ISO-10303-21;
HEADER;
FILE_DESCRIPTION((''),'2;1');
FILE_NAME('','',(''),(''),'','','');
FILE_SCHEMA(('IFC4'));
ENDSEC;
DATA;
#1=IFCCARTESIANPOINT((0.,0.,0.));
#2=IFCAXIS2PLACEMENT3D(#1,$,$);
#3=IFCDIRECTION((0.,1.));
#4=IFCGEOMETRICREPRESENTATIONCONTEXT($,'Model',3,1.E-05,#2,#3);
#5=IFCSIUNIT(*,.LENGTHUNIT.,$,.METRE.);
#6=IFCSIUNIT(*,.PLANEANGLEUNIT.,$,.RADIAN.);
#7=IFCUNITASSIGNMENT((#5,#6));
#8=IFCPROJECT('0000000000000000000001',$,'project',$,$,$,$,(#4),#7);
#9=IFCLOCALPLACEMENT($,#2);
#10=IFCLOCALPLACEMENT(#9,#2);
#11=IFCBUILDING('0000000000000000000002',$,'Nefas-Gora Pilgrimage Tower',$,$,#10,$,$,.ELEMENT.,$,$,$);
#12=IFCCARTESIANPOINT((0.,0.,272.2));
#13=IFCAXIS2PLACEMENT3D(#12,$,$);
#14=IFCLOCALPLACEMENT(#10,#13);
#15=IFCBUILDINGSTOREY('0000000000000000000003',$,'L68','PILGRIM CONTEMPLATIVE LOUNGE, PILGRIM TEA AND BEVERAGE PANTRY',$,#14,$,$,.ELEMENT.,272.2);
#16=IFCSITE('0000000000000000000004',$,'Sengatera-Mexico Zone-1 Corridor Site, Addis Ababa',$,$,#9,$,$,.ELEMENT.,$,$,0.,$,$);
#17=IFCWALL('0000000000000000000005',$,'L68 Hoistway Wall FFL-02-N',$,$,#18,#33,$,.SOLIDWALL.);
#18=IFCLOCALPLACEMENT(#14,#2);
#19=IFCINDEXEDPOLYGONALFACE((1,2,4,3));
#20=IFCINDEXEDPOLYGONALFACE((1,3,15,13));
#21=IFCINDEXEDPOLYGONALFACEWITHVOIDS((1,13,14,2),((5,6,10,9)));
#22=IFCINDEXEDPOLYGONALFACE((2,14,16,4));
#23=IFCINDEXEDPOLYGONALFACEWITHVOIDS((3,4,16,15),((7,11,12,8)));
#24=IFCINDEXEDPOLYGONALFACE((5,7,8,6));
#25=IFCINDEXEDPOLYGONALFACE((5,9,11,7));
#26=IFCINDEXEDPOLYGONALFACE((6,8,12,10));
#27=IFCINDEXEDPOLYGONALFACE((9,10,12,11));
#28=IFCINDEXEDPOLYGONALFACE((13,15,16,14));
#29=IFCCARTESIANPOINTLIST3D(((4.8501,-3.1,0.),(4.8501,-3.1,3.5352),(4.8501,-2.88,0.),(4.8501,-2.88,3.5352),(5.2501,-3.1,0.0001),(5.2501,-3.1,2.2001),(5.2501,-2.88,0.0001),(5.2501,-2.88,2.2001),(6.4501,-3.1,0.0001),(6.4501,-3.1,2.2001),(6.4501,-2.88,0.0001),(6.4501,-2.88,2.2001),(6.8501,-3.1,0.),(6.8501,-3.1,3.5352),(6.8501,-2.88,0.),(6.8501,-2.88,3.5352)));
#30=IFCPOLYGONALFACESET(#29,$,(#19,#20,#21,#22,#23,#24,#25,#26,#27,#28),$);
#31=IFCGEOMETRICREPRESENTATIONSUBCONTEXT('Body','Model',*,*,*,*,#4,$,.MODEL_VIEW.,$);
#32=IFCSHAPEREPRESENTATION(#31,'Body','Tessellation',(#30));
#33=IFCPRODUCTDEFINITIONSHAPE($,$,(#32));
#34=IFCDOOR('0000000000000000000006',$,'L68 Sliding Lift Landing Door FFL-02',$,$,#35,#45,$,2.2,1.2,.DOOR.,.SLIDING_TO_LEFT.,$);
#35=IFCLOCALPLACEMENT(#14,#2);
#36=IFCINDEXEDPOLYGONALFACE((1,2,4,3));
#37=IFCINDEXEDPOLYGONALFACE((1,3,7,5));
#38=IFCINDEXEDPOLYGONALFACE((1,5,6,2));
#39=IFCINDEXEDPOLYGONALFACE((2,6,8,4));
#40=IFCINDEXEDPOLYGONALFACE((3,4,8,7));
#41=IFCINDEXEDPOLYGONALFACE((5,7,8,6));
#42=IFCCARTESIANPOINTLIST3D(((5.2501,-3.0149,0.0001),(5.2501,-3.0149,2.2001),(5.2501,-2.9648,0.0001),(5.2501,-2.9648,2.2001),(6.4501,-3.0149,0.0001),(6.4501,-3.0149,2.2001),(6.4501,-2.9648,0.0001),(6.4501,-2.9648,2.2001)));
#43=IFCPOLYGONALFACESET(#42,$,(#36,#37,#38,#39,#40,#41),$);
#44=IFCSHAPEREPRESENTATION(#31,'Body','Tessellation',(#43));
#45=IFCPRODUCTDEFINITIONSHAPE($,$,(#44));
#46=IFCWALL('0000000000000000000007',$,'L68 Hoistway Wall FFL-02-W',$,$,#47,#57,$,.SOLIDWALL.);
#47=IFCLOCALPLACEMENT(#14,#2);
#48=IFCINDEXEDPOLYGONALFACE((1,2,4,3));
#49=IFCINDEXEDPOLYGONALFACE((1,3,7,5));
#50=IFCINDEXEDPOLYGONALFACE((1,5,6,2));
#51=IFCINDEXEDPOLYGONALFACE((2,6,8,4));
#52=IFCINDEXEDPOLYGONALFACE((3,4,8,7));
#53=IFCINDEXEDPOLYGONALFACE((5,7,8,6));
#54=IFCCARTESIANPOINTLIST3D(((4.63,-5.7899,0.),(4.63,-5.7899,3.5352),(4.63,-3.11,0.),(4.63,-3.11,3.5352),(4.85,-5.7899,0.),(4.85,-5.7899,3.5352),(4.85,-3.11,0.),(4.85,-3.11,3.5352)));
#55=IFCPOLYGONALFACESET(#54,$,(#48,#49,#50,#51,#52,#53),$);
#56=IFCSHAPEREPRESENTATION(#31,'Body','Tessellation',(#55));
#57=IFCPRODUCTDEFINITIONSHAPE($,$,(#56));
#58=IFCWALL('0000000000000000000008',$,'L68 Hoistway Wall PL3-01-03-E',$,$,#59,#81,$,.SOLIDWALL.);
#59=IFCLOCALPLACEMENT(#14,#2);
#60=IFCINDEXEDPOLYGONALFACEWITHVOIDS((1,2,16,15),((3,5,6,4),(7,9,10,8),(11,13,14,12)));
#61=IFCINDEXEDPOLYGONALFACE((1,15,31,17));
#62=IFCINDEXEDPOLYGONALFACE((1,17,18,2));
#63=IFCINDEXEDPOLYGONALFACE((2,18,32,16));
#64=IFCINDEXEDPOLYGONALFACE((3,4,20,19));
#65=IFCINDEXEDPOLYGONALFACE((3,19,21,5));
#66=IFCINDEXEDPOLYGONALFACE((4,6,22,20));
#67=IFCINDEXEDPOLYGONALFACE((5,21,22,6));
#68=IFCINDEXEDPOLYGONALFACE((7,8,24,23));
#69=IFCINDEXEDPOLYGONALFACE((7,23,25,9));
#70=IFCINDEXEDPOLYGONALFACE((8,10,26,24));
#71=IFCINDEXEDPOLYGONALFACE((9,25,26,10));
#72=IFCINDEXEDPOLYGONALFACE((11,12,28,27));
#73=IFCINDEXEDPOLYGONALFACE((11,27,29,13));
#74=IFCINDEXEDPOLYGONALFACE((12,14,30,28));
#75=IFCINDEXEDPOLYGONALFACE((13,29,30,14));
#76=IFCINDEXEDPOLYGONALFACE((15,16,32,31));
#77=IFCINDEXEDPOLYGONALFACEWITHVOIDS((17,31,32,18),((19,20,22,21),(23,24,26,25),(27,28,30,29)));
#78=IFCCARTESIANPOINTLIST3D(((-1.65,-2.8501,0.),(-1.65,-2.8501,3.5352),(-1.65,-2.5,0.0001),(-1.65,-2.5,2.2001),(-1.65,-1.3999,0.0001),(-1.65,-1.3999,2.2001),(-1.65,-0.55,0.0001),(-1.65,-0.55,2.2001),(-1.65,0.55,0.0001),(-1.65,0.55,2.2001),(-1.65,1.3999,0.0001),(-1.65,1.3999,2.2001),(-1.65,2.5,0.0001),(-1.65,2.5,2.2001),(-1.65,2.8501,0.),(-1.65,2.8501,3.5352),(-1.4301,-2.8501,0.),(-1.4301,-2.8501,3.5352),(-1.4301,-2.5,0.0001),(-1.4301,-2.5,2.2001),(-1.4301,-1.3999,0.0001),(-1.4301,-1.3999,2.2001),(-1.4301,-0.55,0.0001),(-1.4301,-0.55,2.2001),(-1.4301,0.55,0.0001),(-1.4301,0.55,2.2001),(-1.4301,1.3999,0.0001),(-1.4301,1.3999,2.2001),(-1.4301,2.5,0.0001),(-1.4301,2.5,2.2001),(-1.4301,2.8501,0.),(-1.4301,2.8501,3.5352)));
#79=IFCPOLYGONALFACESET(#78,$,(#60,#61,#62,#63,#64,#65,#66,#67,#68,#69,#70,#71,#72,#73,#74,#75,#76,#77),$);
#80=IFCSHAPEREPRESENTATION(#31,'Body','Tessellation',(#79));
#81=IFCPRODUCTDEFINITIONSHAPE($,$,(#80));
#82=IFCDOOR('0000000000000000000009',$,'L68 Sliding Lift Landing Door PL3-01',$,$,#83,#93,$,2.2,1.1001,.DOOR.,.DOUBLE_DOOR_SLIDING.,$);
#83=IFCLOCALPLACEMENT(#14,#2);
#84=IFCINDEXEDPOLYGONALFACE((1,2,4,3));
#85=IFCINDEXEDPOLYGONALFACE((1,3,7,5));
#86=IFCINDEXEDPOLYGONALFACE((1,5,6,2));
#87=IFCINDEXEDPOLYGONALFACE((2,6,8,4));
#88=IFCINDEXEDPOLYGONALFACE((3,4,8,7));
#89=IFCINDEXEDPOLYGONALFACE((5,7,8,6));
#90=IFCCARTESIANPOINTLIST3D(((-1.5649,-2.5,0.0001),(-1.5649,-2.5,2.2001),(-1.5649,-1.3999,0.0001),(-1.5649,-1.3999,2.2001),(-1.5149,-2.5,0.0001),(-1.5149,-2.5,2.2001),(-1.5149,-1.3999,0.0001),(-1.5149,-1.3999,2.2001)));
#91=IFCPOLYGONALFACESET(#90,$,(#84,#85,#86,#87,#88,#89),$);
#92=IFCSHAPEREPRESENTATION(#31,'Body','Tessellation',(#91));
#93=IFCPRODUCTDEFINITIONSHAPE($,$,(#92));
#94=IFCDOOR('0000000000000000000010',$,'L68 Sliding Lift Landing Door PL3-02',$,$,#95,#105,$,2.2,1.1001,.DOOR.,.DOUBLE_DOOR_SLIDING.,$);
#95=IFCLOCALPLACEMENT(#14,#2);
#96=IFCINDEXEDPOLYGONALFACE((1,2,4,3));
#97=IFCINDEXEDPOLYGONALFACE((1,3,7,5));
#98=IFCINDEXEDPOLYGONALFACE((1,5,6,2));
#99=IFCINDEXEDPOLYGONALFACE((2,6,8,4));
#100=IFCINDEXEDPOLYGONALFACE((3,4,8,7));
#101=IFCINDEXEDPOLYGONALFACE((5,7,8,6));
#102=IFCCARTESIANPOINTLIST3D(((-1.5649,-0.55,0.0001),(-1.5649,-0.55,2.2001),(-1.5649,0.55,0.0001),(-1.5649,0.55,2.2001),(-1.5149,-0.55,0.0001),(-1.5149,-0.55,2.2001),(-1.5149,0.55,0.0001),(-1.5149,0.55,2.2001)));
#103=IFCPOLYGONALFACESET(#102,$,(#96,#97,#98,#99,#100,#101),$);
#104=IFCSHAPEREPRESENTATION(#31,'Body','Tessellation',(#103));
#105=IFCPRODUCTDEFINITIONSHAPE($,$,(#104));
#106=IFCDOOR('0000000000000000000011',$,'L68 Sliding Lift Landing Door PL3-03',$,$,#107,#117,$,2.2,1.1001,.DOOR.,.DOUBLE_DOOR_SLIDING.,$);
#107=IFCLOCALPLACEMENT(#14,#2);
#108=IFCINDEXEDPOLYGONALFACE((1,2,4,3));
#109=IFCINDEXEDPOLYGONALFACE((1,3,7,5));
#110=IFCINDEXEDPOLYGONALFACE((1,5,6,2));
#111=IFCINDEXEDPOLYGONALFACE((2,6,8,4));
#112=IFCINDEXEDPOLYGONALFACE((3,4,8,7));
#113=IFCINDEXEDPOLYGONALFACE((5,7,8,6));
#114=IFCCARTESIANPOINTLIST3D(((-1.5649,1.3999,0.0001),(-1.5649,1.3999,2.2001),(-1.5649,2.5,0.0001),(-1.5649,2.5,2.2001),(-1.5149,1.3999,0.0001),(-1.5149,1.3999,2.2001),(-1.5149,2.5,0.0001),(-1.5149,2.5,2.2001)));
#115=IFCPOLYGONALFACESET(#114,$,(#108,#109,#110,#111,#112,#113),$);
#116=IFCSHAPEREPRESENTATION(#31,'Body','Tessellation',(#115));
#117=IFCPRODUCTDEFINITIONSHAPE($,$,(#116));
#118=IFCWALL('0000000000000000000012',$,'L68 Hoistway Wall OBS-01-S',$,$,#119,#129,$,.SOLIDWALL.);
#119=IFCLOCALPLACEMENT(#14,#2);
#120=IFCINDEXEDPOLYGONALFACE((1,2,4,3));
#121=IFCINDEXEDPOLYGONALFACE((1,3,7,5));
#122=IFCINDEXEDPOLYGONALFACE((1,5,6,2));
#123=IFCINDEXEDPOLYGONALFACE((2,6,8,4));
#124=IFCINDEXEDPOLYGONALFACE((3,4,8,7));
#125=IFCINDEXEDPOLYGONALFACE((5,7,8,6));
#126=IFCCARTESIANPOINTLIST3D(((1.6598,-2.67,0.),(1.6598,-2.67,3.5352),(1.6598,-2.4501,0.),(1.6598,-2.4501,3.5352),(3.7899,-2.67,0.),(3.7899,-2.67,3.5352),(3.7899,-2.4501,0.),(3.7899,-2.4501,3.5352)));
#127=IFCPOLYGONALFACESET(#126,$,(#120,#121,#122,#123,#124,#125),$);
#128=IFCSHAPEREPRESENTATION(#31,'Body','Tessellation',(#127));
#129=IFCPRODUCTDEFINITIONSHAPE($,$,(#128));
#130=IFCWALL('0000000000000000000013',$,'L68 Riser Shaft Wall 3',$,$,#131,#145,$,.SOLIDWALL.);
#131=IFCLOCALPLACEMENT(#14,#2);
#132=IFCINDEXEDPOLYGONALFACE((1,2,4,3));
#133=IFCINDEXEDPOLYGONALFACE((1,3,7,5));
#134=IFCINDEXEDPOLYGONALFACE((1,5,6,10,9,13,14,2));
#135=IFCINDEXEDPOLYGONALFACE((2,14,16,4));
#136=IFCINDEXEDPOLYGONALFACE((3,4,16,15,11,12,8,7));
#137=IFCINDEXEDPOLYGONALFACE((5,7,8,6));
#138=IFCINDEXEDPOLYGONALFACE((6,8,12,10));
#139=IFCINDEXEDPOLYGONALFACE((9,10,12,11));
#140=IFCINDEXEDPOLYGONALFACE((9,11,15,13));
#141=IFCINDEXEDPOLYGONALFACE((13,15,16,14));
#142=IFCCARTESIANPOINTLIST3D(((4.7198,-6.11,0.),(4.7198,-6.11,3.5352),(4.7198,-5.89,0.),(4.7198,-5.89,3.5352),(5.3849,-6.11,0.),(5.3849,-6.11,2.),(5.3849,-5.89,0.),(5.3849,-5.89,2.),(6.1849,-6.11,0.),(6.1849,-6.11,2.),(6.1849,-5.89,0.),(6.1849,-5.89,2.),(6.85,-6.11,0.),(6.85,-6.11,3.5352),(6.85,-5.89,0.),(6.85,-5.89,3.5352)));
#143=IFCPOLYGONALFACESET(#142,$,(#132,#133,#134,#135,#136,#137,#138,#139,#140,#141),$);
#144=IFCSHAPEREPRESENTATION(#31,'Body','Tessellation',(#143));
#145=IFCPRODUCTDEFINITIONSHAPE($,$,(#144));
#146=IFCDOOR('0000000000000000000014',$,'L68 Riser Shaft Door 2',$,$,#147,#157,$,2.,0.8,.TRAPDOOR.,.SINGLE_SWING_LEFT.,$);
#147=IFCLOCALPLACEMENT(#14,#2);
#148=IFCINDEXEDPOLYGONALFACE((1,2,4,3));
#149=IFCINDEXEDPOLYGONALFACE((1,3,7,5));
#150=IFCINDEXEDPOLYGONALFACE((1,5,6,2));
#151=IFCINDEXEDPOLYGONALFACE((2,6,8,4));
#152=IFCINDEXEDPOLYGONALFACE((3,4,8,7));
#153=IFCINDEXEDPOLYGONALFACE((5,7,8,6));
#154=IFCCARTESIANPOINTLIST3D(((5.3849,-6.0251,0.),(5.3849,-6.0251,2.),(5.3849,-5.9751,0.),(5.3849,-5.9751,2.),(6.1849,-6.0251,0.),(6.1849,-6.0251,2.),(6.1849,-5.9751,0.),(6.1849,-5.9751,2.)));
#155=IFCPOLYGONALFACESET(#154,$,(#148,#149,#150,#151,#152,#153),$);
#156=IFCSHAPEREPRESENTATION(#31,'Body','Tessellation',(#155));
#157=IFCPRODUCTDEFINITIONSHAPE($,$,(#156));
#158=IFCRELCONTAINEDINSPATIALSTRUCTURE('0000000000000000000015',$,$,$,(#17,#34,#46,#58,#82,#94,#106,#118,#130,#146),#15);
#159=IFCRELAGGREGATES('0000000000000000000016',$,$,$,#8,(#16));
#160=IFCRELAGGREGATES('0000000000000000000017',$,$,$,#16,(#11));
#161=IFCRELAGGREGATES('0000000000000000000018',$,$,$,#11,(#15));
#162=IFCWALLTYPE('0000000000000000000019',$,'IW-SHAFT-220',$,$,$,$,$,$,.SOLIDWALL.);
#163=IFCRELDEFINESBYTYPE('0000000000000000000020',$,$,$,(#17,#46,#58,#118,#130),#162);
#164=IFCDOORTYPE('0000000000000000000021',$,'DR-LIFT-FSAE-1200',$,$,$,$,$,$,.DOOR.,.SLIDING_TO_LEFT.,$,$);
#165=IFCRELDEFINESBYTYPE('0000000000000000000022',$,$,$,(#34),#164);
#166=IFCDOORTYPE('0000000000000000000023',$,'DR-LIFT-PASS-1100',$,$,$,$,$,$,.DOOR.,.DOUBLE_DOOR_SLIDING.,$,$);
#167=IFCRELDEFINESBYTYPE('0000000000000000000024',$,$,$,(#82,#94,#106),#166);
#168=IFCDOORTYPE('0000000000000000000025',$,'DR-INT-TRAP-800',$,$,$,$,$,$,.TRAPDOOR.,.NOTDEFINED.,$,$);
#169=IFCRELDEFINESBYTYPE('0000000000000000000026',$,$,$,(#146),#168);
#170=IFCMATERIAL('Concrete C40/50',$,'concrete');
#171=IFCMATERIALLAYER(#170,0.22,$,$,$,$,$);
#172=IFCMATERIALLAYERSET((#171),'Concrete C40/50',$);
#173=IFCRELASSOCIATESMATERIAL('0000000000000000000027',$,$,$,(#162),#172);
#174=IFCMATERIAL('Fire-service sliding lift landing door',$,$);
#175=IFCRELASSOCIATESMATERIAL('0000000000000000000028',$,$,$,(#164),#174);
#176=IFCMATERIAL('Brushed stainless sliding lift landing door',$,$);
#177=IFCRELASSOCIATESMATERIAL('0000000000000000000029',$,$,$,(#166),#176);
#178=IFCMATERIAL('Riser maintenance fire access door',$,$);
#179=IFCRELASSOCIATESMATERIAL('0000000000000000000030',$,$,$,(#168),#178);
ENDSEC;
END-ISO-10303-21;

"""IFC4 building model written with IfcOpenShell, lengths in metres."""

from ifc_helpers import new_model, si_unit, direction, frame, frame_2d, origin, place, context, subcontext, project, spatial, rectangle, extrude, source, transform, mapped, material, layer, layer_set, type_object, element, fill, save


model = new_model("IFC4")

# Units and contexts
model_context = context("Model", 3, precision=1e-05, world=origin(), true_north=direction((0.0, 1.0)))
body_context = subcontext(model_context, "Body", "Model", "MODEL_VIEW")
ifc_project = project(units=[si_unit("LENGTHUNIT", "METRE"), si_unit("PLANEANGLEUNIT", "RADIAN")], contexts=[model_context])

# Site, building, storey
site_placement = place(None, origin())
site = spatial("IfcSite", under=ifc_project, at=site_placement, Name="Sengatera-Mexico Zone-1 Corridor Site, Addis Ababa", CompositionType="ELEMENT", RefElevation=0.0)
building_placement = place(site_placement, origin())
building = spatial("IfcBuilding", under=site, at=building_placement, Name="Nefas-Gora Pilgrimage Tower", CompositionType="ELEMENT")
storey_placement = place(building_placement, frame((0.0, 0.0, 272.2)))
storey = spatial("IfcBuildingStorey", under=building, at=storey_placement, Name="L68", Description="PILGRIM CONTEMPLATIVE LOUNGE, PILGRIM TEA AND BEVERAGE PANTRY", CompositionType="ELEMENT", Elevation=272.2)

# Shared definitions
ifc_material_1 = material(Name="Concrete C40/50", Category="concrete")

# Wall, opening, door
ifc_layer_1 = layer(ifc_material_1, 0.22)
ifc_layer_set_1 = layer_set([ifc_layer_1], Name="Concrete C40/50")
wall_type_1 = type_object("IfcWallType", Name="IW-SHAFT-220", PredefinedType="SOLIDWALL", material=ifc_layer_set_1)
shared_shape_1 = source(origin(), body_context, "Body", "SweptSolid", [
    extrude(rectangle(XDim=2.0, YDim=0.22, at=frame_2d((1.0, 0.0))), origin(), (0.0, 0.0, 1.0), 3.5352),
])
wall_1_placement = place(storey_placement, frame((6.8501, -2.99, 0.0), z_axis=(0.0, 0.0, 1.0), x_axis=(-1.0, 0.0, 0.0)))
wall_1 = element("IfcWall", 1, at=wall_1_placement, inside=storey, type_object=wall_type_1, Name="L68 Hoistway Wall FFL-02-N", PredefinedType="SOLIDWALL", context=body_context, shape_type="MappedRepresentation", body=[
    mapped(shared_shape_1, transform((0.0, 0.0, 0.0), x_axis=(1.0, 0.0, 0.0), y_axis=(0.0, 1.0, 0.0), z_axis=(0.0, 0.0, 1.0), scale=1.0)),
])
opening_1_placement = place(wall_1_placement, frame((0.3999, 0.0, 0.0)))
opening_1 = element("IfcOpeningElement", 2, at=opening_1_placement, cuts=wall_1, PredefinedType="OPENING", context=body_context, shape_type="SweptSolid", body=[
    extrude(rectangle(XDim=1.2, YDim=2.2, at=frame_2d((0.6001, 1.1001))), frame((0.0, 0.1199, 0.0), z_axis=(0.0, -1.0, 0.0), x_axis=(1.0, 0.0, 0.0)), (0.0, 0.0, 1.0), 0.24),
])
ifc_material_2 = material(Name="Fire-service sliding lift landing door")
door_type_1 = type_object("IfcDoorType", Name="DR-LIFT-FSAE-1200", OperationType="SLIDING_TO_LEFT", PredefinedType="DOOR", material=ifc_material_2)
shared_shape_2 = source(origin(), body_context, "Body", "SweptSolid", [
    extrude(rectangle(XDim=1.2, YDim=2.2, at=frame_2d((0.6001, 1.1001))), frame((0.0, 0.0249, 0.0), z_axis=(0.0, -1.0, 0.0), x_axis=(1.0, 0.0, 0.0)), (0.0, 0.0, 1.0), 0.05),
])
door_1_placement = place(opening_1_placement, origin())
door_1 = element("IfcDoor", 3, at=door_1_placement, inside=storey, type_object=door_type_1, Name="L68 Sliding Lift Landing Door FFL-02", OperationType="SLIDING_TO_LEFT", OverallHeight=2.2, OverallWidth=1.2, PredefinedType="DOOR", context=body_context, shape_type="MappedRepresentation", body=[
    mapped(shared_shape_2, transform((0.0, 0.0, 0.0), x_axis=(1.0, 0.0, 0.0), y_axis=(0.0, 1.0, 0.0), z_axis=(0.0, 0.0, 1.0), scale=1.0)),
])
fill(opening_1, door_1)

# Wall
shared_shape_3 = source(origin(), body_context, "Body", "SweptSolid", [
    extrude(rectangle(XDim=2.6799, YDim=0.22, at=frame_2d((1.3398, 0.0))), origin(), (0.0, 0.0, 1.0), 3.5352),
])
wall_2_placement = place(storey_placement, frame((4.74, -3.1101, 0.0), z_axis=(0.0, 0.0, 1.0), x_axis=(0.0, -1.0, 0.0)))
element("IfcWall", 4, at=wall_2_placement, inside=storey, type_object=wall_type_1, Name="L68 Hoistway Wall FFL-02-W", PredefinedType="SOLIDWALL", context=body_context, shape_type="MappedRepresentation", body=[
    mapped(shared_shape_3, transform((0.0, 0.0, 0.0), x_axis=(1.0, 0.0, 0.0), y_axis=(0.0, 1.0, 0.0), z_axis=(0.0, 0.0, 1.0), scale=1.0)),
])

# Wall, openings, doors
shared_shape_4 = source(origin(), body_context, "Body", "SweptSolid", [
    extrude(rectangle(XDim=5.7002, YDim=0.22, at=frame_2d((2.8501, 0.0))), origin(), (0.0, 0.0, 1.0), 3.5352),
])
wall_3_placement = place(storey_placement, frame((-1.54, -2.8501, 0.0), z_axis=(0.0, 0.0, 1.0), x_axis=(0.0, 1.0, 0.0)))
wall_3 = element("IfcWall", 5, at=wall_3_placement, inside=storey, type_object=wall_type_1, Name="L68 Hoistway Wall PL3-01-03-E", PredefinedType="SOLIDWALL", context=body_context, shape_type="MappedRepresentation", body=[
    mapped(shared_shape_4, transform((0.0, 0.0, 0.0), x_axis=(1.0, 0.0, 0.0), y_axis=(0.0, 1.0, 0.0), z_axis=(0.0, 0.0, 1.0), scale=1.0)),
])
opening_2_placement = place(wall_3_placement, frame((0.3501, 0.0, 0.0)))
opening_2 = element("IfcOpeningElement", 6, at=opening_2_placement, cuts=wall_3, PredefinedType="OPENING", context=body_context, shape_type="SweptSolid", body=[
    extrude(rectangle(XDim=1.1001, YDim=2.2, at=frame_2d((0.55, 1.1001))), frame((0.0, 0.1199, 0.0), z_axis=(0.0, -1.0, 0.0), x_axis=(1.0, 0.0, 0.0)), (0.0, 0.0, 1.0), 0.24),
])
opening_3_placement = place(wall_3_placement, frame((2.3, 0.0, 0.0)))
opening_3 = element("IfcOpeningElement", 7, at=opening_3_placement, cuts=wall_3, PredefinedType="OPENING", context=body_context, shape_type="SweptSolid", body=[
    extrude(rectangle(XDim=1.1001, YDim=2.2, at=frame_2d((0.55, 1.1001))), frame((0.0, 0.1199, 0.0), z_axis=(0.0, -1.0, 0.0), x_axis=(1.0, 0.0, 0.0)), (0.0, 0.0, 1.0), 0.24),
])
opening_4_placement = place(wall_3_placement, frame((4.25, 0.0, 0.0)))
opening_4 = element("IfcOpeningElement", 8, at=opening_4_placement, cuts=wall_3, PredefinedType="OPENING", context=body_context, shape_type="SweptSolid", body=[
    extrude(rectangle(XDim=1.1001, YDim=2.2, at=frame_2d((0.55, 1.1001))), frame((0.0, 0.1199, 0.0), z_axis=(0.0, -1.0, 0.0), x_axis=(1.0, 0.0, 0.0)), (0.0, 0.0, 1.0), 0.24),
])
ifc_material_3 = material(Name="Brushed stainless sliding lift landing door")
door_type_2 = type_object("IfcDoorType", Name="DR-LIFT-PASS-1100", OperationType="DOUBLE_DOOR_SLIDING", PredefinedType="DOOR", material=ifc_material_3)
shared_shape_5 = source(origin(), body_context, "Body", "SweptSolid", [
    extrude(rectangle(XDim=1.1001, YDim=2.2, at=frame_2d((0.55, 1.1001))), frame((0.0, 0.0249, 0.0), z_axis=(0.0, -1.0, 0.0), x_axis=(1.0, 0.0, 0.0)), (0.0, 0.0, 1.0), 0.05),
])
door_2_placement = place(opening_2_placement, origin())
door_2 = element("IfcDoor", 9, at=door_2_placement, inside=storey, type_object=door_type_2, Name="L68 Sliding Lift Landing Door PL3-01", OperationType="DOUBLE_DOOR_SLIDING", OverallHeight=2.2, OverallWidth=1.1001, PredefinedType="DOOR", context=body_context, shape_type="MappedRepresentation", body=[
    mapped(shared_shape_5, transform((0.0, 0.0, 0.0), x_axis=(1.0, 0.0, 0.0), y_axis=(0.0, 1.0, 0.0), z_axis=(0.0, 0.0, 1.0), scale=1.0)),
])
fill(opening_2, door_2)
door_3_placement = place(opening_3_placement, origin())
door_3 = element("IfcDoor", 10, at=door_3_placement, inside=storey, type_object=door_type_2, Name="L68 Sliding Lift Landing Door PL3-02", OperationType="DOUBLE_DOOR_SLIDING", OverallHeight=2.2, OverallWidth=1.1001, PredefinedType="DOOR", context=body_context, shape_type="MappedRepresentation", body=[
    mapped(shared_shape_5, transform((0.0, 0.0, 0.0), x_axis=(1.0, 0.0, 0.0), y_axis=(0.0, 1.0, 0.0), z_axis=(0.0, 0.0, 1.0), scale=1.0)),
])
fill(opening_3, door_3)
door_4_placement = place(opening_4_placement, origin())
door_4 = element("IfcDoor", 11, at=door_4_placement, inside=storey, type_object=door_type_2, Name="L68 Sliding Lift Landing Door PL3-03", OperationType="DOUBLE_DOOR_SLIDING", OverallHeight=2.2, OverallWidth=1.1001, PredefinedType="DOOR", context=body_context, shape_type="MappedRepresentation", body=[
    mapped(shared_shape_5, transform((0.0, 0.0, 0.0), x_axis=(1.0, 0.0, 0.0), y_axis=(0.0, 1.0, 0.0), z_axis=(0.0, 0.0, 1.0), scale=1.0)),
])
fill(opening_4, door_4)

# Wall
shared_shape_6 = source(origin(), body_context, "Body", "SweptSolid", [
    extrude(rectangle(XDim=2.1301, YDim=0.22, at=frame_2d((1.0649, 0.0))), origin(), (0.0, 0.0, 1.0), 3.5352),
])
wall_4_placement = place(storey_placement, frame((1.6599, -2.5601, 0.0), z_axis=(0.0, 0.0, 1.0), x_axis=(1.0, 0.0, 0.0)))
element("IfcWall", 12, at=wall_4_placement, inside=storey, type_object=wall_type_1, Name="L68 Hoistway Wall OBS-01-S", PredefinedType="SOLIDWALL", context=body_context, shape_type="MappedRepresentation", body=[
    mapped(shared_shape_6, transform((0.0, 0.0, 0.0), x_axis=(1.0, 0.0, 0.0), y_axis=(0.0, 1.0, 0.0), z_axis=(0.0, 0.0, 1.0), scale=1.0)),
])

# Wall, opening, door
wall_5_placement = place(storey_placement, frame((4.72, -6.0, 0.0), z_axis=(0.0, 0.0, 1.0), x_axis=(1.0, 0.0, 0.0)))
wall_5 = element("IfcWall", 13, at=wall_5_placement, inside=storey, type_object=wall_type_1, Name="L68 Riser Shaft Wall 3", PredefinedType="SOLIDWALL", context=body_context, shape_type="MappedRepresentation", body=[
    mapped(shared_shape_6, transform((0.0, 0.0, 0.0), x_axis=(1.0, 0.0, 0.0), y_axis=(0.0, 1.0, 0.0), z_axis=(0.0, 0.0, 1.0), scale=1.0)),
])
opening_5_placement = place(wall_5_placement, frame((0.665, 0.0, 0.0)))
opening_5 = element("IfcOpeningElement", 14, at=opening_5_placement, cuts=wall_5, PredefinedType="OPENING", context=body_context, shape_type="SweptSolid", body=[
    extrude(rectangle(XDim=0.8, YDim=2.0, at=frame_2d((0.3999, 1.0))), frame((0.0, 0.1199, 0.0), z_axis=(0.0, -1.0, 0.0), x_axis=(1.0, 0.0, 0.0)), (0.0, 0.0, 1.0), 0.24),
])
ifc_material_4 = material(Name="Riser maintenance fire access door")
door_type_3 = type_object("IfcDoorType", Name="DR-INT-TRAP-800", OperationType="NOTDEFINED", PredefinedType="TRAPDOOR", material=ifc_material_4)
shared_shape_7 = source(origin(), body_context, "Body", "SweptSolid", [
    extrude(rectangle(XDim=0.8, YDim=2.0, at=frame_2d((0.3999, 1.0))), frame((0.0, 0.0249, 0.0), z_axis=(0.0, -1.0, 0.0), x_axis=(1.0, 0.0, 0.0)), (0.0, 0.0, 1.0), 0.05),
])
door_5_placement = place(opening_5_placement, origin())
door_5 = element("IfcDoor", 15, at=door_5_placement, inside=storey, type_object=door_type_3, Name="L68 Riser Shaft Door 2", OperationType="SINGLE_SWING_LEFT", OverallHeight=2.0, OverallWidth=0.8, PredefinedType="TRAPDOOR", context=body_context, shape_type="MappedRepresentation", body=[
    mapped(shared_shape_7, transform((0.0, 0.0, 0.0), x_axis=(1.0, 0.0, 0.0), y_axis=(0.0, 1.0, 0.0), z_axis=(0.0, 0.0, 1.0), scale=1.0)),
])
fill(opening_5, door_5)

save(model, "model.ifc")
